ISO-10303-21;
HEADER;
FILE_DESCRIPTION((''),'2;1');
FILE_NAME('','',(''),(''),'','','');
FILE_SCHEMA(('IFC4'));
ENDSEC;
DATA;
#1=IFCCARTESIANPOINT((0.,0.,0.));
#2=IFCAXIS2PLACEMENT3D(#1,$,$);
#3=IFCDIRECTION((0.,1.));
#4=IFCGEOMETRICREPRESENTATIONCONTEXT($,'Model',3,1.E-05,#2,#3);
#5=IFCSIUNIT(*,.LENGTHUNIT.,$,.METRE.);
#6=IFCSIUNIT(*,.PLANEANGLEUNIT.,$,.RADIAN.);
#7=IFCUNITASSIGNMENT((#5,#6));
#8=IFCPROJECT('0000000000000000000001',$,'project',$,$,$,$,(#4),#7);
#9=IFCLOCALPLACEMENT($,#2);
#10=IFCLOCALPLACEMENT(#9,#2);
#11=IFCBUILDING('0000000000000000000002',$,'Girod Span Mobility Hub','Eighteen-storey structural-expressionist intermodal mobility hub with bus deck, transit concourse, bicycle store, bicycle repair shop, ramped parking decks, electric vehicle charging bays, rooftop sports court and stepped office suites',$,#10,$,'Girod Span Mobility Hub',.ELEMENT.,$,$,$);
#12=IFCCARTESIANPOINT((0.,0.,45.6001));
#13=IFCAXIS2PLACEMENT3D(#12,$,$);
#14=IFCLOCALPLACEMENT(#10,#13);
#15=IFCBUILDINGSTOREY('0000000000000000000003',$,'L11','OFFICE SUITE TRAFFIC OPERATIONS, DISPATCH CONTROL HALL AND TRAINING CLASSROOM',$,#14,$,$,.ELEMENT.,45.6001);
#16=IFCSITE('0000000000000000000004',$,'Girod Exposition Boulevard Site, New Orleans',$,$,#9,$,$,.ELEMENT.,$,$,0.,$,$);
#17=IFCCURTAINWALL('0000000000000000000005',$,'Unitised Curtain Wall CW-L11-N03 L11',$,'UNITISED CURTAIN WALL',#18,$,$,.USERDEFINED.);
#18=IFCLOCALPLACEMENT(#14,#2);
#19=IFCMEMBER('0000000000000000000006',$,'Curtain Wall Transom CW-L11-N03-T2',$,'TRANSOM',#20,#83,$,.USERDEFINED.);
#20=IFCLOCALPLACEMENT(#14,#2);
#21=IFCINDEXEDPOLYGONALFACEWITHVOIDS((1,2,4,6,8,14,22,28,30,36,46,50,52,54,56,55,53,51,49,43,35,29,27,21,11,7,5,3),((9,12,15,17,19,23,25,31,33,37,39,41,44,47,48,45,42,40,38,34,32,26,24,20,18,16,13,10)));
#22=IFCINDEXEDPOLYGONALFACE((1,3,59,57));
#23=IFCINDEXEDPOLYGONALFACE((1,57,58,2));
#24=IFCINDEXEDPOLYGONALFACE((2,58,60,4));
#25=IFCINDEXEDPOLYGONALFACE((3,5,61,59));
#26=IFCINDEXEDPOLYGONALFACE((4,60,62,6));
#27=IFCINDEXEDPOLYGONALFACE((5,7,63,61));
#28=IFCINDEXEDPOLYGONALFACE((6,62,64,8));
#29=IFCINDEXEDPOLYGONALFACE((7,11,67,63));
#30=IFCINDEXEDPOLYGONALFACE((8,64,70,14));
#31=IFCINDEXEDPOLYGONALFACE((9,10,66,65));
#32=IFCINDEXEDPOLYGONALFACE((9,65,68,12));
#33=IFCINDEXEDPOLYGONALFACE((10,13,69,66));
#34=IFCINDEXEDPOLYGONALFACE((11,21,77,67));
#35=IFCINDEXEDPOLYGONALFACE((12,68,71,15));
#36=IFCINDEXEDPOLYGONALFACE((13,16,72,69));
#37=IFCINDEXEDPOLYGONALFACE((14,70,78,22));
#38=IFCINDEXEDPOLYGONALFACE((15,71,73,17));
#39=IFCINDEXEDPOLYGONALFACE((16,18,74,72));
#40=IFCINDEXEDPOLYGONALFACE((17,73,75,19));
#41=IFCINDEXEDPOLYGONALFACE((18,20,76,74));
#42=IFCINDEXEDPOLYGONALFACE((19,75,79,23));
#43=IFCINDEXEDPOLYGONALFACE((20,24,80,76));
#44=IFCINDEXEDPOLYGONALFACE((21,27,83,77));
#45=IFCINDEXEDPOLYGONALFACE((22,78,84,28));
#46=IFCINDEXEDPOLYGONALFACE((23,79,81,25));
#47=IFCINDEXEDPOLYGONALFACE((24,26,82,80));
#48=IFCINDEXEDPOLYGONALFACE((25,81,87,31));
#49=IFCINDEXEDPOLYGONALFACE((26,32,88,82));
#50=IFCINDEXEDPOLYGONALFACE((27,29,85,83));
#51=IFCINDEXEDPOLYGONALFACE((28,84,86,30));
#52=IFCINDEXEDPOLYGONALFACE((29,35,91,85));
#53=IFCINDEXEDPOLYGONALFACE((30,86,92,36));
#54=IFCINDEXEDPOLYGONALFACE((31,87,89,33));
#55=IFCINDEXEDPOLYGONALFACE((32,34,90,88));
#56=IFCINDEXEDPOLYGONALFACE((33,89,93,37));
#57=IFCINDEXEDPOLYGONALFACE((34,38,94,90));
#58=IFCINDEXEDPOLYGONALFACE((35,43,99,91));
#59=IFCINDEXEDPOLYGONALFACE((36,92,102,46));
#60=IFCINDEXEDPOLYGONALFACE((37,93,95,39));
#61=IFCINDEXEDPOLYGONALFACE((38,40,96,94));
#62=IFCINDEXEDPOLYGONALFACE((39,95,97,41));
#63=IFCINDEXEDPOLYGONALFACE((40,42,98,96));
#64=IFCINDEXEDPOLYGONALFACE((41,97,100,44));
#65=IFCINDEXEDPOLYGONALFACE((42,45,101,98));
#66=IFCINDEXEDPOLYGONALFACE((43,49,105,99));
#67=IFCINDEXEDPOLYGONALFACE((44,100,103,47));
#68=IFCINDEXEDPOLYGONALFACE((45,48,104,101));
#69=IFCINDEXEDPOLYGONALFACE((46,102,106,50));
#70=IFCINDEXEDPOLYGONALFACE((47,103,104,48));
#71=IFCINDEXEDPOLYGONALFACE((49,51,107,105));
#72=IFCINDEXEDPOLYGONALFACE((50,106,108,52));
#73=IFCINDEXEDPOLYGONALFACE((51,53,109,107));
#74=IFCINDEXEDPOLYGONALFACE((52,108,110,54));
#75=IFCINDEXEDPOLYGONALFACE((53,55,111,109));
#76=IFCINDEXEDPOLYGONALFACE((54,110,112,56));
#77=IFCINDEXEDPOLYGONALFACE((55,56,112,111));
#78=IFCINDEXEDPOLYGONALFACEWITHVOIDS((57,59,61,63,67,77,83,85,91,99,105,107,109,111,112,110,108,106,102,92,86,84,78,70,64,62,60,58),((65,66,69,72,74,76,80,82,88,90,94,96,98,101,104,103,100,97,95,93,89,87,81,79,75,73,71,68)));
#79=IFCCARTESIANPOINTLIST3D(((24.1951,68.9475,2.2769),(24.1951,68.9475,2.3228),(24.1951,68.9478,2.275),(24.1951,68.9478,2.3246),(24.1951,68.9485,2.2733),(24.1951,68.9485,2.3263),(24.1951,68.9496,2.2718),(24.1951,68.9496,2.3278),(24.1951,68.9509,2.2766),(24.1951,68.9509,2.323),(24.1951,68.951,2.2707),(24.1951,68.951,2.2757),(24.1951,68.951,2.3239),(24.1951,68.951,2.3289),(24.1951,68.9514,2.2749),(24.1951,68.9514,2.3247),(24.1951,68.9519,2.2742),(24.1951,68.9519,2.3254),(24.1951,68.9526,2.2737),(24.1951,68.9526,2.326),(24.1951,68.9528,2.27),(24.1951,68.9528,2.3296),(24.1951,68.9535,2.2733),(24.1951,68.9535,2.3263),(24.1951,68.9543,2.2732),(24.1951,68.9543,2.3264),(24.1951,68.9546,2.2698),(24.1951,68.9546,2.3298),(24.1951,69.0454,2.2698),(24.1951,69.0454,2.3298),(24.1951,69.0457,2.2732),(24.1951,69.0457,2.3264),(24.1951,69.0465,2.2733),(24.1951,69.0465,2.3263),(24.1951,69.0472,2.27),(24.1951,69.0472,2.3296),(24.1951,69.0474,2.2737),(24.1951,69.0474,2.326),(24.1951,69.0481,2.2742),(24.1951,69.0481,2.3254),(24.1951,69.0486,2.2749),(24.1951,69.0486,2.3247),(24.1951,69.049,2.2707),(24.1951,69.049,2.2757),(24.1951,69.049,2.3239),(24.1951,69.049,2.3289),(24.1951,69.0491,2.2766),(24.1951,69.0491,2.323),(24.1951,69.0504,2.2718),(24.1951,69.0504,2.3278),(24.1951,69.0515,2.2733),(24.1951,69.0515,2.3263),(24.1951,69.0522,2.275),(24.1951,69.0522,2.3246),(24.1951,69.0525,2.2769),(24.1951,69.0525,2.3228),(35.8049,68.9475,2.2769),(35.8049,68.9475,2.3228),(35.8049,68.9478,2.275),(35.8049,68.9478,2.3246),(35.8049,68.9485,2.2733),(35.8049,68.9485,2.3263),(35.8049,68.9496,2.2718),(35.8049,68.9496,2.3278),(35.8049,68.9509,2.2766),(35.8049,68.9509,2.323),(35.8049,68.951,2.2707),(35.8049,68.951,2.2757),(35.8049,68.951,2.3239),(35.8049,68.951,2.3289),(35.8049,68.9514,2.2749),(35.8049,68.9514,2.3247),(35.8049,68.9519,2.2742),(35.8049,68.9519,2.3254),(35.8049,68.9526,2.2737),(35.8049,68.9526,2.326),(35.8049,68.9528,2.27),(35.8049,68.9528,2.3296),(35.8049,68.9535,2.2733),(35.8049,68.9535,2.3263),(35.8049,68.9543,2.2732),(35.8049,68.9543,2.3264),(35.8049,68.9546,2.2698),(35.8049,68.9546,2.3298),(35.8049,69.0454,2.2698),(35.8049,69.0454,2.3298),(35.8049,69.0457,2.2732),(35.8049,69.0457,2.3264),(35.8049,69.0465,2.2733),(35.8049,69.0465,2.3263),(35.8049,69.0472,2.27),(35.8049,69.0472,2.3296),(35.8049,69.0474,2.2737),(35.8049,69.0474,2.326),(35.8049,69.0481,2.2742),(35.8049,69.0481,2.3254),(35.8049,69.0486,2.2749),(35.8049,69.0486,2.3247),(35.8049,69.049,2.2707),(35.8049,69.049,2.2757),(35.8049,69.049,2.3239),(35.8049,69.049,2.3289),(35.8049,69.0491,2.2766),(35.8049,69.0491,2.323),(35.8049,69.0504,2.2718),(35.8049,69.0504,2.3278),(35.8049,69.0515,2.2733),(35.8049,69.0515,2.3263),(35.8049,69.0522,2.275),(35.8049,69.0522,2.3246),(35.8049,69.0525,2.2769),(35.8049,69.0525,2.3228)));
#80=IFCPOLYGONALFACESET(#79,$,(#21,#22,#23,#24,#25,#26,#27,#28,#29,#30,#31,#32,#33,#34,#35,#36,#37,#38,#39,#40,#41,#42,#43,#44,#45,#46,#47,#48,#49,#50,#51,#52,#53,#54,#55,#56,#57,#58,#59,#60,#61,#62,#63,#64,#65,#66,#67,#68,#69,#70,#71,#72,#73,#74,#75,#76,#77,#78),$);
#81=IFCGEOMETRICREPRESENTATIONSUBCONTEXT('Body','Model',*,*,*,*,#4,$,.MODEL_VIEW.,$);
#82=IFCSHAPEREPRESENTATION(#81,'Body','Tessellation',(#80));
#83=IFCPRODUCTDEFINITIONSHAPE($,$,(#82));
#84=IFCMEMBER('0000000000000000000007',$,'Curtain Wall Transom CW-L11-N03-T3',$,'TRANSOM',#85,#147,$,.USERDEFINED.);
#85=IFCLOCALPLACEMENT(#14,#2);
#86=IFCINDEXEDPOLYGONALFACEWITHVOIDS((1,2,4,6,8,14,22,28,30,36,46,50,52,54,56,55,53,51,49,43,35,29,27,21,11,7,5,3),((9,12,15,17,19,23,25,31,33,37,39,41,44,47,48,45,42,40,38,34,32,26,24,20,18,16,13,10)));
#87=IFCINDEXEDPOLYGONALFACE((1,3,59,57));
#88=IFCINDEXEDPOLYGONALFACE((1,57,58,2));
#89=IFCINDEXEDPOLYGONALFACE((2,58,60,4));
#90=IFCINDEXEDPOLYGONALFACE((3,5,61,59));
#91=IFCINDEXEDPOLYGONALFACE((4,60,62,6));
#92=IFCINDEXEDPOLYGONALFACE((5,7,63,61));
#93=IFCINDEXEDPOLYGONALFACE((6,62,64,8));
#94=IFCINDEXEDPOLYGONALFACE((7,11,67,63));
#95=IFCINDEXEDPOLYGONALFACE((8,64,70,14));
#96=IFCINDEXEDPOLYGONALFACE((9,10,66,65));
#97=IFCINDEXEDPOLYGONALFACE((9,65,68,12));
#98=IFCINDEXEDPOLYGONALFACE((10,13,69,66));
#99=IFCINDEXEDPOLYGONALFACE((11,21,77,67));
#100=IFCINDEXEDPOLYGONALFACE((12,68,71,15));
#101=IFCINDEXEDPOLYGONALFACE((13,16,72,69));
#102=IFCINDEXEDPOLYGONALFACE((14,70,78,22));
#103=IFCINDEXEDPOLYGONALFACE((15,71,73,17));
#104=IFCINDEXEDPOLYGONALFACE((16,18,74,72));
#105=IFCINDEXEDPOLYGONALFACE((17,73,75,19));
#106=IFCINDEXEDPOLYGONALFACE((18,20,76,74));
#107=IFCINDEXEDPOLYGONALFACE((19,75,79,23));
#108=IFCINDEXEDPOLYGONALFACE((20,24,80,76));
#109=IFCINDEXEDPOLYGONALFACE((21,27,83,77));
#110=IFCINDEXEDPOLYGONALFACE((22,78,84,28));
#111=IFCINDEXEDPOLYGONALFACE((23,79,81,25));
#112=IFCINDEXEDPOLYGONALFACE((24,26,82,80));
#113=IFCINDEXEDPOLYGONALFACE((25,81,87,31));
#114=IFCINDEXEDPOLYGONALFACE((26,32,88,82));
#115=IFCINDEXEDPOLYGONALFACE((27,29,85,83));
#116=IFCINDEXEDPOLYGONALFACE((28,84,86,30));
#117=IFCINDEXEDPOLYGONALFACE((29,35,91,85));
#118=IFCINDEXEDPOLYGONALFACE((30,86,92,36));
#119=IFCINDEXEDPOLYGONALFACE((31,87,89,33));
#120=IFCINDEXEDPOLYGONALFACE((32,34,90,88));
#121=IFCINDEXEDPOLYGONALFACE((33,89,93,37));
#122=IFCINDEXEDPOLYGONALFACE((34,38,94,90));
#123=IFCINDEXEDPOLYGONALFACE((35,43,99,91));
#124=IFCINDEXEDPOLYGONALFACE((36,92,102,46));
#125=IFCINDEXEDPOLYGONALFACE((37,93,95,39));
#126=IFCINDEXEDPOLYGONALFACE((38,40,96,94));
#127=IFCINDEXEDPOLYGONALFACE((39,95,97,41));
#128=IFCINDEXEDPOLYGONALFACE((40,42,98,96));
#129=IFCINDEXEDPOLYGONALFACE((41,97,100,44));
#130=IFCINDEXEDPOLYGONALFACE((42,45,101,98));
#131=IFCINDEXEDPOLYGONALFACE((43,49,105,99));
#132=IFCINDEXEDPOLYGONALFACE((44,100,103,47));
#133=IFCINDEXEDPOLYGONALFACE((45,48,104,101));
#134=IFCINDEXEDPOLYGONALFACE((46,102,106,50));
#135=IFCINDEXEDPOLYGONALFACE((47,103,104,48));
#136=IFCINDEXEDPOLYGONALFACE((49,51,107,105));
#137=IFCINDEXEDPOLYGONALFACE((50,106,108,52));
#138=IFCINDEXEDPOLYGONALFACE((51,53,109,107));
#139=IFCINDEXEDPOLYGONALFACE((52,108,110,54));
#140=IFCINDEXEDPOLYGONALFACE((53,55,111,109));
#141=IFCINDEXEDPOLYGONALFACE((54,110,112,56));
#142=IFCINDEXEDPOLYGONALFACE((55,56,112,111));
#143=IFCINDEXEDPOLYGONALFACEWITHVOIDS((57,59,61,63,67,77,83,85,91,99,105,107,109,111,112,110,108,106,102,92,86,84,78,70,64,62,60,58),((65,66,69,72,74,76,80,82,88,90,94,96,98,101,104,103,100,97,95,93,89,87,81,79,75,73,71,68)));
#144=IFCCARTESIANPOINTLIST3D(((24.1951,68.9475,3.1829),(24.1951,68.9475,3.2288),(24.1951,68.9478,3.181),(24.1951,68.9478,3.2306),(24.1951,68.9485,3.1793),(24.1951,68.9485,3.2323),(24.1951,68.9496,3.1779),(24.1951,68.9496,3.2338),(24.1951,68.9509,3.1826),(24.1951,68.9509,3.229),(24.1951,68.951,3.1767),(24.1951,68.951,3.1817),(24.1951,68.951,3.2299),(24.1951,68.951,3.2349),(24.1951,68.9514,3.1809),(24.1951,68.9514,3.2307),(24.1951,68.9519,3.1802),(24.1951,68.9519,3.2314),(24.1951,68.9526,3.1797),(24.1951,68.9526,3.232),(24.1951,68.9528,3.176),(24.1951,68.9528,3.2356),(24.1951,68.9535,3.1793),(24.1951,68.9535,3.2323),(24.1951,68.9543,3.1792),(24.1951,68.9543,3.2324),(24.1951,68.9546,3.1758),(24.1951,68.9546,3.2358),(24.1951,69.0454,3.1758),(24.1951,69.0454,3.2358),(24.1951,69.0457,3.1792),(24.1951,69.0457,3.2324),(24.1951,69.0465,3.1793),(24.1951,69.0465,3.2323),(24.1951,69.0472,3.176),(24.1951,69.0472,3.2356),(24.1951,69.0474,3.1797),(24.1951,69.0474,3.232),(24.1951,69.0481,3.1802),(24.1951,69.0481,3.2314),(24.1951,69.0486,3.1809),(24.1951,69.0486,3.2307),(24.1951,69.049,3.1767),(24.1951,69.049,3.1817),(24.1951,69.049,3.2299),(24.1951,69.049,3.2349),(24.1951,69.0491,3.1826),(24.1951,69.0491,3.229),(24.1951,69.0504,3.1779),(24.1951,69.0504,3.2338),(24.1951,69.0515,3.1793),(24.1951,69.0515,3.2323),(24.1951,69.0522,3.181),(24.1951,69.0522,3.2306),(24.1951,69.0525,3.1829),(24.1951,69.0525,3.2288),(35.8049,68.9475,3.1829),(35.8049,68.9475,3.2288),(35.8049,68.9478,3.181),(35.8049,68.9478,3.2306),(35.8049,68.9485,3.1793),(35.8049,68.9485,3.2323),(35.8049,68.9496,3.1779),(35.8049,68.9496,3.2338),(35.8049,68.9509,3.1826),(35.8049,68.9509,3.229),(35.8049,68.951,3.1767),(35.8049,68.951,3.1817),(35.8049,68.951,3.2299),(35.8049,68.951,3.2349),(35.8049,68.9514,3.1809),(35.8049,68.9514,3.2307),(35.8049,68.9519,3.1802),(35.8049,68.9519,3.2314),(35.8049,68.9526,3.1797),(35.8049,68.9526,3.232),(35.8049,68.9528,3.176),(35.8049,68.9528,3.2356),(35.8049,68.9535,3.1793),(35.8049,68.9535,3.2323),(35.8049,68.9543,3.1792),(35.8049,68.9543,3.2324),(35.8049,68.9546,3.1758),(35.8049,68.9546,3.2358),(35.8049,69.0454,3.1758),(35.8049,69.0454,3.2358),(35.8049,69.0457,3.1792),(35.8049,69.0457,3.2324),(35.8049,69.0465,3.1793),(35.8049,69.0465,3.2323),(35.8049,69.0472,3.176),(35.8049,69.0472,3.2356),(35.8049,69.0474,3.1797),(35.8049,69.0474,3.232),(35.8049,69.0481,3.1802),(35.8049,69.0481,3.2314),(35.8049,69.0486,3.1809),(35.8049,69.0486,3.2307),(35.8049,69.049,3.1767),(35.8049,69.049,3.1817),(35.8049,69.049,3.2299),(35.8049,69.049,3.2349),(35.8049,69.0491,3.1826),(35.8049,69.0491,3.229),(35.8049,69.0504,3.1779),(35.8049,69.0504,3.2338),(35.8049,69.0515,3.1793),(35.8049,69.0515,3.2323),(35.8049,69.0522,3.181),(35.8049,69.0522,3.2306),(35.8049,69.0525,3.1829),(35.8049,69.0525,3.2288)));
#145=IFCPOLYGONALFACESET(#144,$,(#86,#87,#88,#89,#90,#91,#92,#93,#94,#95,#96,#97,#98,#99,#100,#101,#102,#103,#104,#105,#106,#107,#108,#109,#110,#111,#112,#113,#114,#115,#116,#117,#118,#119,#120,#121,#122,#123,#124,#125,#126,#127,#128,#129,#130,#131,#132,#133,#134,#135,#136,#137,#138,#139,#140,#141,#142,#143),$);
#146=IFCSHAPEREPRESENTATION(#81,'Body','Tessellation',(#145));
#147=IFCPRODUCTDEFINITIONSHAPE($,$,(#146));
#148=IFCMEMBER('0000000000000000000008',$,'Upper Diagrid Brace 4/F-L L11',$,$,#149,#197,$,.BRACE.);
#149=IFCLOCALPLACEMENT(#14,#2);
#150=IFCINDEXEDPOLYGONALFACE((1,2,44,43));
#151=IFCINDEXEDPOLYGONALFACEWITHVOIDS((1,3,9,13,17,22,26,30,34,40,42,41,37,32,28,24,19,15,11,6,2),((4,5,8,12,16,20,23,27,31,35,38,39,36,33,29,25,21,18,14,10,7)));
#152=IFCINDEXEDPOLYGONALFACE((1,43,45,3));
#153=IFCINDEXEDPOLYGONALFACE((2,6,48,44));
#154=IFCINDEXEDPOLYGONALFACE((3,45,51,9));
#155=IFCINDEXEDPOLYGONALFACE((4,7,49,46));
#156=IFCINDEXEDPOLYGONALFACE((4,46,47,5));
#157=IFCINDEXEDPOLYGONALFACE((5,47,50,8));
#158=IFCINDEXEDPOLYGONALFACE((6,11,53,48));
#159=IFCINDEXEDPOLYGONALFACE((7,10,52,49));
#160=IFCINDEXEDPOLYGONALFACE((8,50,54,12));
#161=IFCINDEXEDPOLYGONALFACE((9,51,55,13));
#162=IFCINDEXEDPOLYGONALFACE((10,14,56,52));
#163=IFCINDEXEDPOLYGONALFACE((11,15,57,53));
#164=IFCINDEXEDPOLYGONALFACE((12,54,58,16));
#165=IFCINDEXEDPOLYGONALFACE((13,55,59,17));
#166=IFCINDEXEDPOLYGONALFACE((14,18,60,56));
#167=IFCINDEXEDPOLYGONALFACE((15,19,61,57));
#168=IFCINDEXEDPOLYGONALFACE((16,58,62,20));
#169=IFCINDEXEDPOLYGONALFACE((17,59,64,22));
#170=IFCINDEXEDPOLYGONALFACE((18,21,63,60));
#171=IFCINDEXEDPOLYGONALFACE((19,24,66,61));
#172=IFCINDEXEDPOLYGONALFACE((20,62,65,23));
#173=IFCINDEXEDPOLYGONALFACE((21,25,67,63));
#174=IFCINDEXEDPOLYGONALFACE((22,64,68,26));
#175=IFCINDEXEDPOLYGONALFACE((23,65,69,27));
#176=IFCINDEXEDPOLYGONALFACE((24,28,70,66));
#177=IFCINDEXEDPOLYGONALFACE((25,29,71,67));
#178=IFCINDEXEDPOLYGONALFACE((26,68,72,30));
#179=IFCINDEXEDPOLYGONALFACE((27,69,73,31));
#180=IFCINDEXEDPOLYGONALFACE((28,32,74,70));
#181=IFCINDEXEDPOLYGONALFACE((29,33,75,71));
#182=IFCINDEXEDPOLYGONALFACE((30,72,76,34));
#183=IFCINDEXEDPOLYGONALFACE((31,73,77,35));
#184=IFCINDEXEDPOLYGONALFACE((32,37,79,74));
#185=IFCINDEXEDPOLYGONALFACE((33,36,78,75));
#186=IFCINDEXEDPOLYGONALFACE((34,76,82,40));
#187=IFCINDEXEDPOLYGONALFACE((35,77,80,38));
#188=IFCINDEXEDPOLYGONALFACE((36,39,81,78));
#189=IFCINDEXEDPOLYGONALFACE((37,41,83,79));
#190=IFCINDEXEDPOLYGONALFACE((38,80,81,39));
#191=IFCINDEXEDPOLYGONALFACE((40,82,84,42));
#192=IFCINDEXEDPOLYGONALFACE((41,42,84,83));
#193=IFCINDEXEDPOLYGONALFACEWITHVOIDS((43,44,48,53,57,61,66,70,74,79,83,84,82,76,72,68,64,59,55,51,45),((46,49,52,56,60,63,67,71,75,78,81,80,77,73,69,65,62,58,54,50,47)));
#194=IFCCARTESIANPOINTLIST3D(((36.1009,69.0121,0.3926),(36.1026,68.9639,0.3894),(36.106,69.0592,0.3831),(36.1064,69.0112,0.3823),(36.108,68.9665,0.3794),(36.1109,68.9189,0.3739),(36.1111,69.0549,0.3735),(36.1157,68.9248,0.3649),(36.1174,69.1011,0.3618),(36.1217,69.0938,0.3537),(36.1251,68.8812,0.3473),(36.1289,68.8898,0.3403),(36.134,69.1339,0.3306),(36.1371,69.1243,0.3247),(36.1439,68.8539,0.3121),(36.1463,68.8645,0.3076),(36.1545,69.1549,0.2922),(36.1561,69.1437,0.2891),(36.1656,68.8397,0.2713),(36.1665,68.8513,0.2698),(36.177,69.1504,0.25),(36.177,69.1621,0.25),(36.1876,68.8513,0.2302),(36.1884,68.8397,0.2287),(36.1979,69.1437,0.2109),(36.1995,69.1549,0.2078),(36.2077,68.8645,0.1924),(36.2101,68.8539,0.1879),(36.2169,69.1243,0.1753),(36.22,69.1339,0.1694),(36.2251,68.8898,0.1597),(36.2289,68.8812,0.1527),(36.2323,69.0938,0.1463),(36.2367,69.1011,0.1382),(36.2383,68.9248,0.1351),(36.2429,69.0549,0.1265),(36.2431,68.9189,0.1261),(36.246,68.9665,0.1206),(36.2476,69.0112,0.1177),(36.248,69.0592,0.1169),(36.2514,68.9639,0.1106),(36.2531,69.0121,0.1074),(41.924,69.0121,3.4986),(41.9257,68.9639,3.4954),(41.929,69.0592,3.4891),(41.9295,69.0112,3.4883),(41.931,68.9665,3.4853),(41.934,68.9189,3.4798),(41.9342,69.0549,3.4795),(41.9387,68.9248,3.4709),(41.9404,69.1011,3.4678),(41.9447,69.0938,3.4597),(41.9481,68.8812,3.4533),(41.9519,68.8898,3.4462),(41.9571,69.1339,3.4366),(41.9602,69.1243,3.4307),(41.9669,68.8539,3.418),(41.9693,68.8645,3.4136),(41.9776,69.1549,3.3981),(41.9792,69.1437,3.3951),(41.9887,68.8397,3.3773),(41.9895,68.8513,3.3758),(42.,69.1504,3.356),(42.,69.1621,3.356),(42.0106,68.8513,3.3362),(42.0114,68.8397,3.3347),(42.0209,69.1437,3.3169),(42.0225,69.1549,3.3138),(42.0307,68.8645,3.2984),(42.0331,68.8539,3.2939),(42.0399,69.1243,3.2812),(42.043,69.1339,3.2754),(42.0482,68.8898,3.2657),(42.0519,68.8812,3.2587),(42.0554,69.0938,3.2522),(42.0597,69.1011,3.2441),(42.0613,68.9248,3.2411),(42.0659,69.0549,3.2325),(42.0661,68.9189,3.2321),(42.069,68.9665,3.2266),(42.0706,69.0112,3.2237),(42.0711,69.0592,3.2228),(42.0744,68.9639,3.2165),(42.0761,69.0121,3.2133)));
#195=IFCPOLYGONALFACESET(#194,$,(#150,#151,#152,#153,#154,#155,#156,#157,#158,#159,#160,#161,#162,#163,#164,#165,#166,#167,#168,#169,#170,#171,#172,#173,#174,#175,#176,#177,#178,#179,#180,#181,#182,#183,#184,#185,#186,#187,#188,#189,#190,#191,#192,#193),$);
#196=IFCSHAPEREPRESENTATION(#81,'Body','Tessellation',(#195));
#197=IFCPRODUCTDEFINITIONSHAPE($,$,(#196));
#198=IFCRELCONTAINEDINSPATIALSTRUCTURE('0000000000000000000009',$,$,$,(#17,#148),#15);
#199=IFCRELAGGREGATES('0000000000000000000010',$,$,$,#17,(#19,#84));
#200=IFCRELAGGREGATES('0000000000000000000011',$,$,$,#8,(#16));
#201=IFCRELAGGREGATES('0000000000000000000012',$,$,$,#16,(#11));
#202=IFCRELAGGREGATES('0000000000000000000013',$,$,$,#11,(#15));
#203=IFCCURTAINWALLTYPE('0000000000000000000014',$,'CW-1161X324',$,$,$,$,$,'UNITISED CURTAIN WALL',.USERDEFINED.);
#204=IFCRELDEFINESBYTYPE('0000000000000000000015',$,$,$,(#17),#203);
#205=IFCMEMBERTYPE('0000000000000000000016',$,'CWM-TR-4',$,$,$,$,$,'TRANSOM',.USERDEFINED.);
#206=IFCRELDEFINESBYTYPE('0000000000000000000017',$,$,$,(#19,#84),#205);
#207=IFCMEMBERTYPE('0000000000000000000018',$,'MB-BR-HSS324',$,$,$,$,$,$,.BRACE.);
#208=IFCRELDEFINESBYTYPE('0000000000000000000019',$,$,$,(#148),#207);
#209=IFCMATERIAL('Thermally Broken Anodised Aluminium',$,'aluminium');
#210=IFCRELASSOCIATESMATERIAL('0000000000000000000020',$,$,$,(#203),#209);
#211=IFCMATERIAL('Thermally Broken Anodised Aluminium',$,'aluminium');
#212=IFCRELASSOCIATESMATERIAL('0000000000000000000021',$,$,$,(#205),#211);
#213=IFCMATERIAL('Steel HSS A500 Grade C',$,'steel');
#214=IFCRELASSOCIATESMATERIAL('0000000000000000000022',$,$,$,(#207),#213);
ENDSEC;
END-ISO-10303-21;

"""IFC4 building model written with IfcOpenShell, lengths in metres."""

from ifc_helpers import new_model, si_unit, direction, frame, origin, origin_2d, place, context, subcontext, project, spatial, hollow_rectangle, hollow_circle, extrude, material, material_profile, profile_set, type_object, element, aggregate, save


model = new_model("IFC4")

# Units and contexts
model_context = context("Model", 3, precision=1e-05, world=origin(), true_north=direction((0.0, 1.0)))
body_context = subcontext(model_context, "Body", "Model", "MODEL_VIEW")
ifc_project = project(units=[si_unit("LENGTHUNIT", "METRE"), si_unit("PLANEANGLEUNIT", "RADIAN")], contexts=[model_context])

# Site, building, storey
site_placement = place(None, origin())
site = spatial("IfcSite", under=ifc_project, at=site_placement, Name="Girod Exposition Boulevard Site, New Orleans", CompositionType="ELEMENT", RefElevation=0.0)
building_placement = place(site_placement, origin())
building = spatial("IfcBuilding", under=site, at=building_placement, Name="Girod Span Mobility Hub", Description="Eighteen-storey structural-expressionist intermodal mobility hub with bus deck, transit concourse, bicycle store, bicycle repair shop, ramped parking decks, electric vehicle charging bays, rooftop sports court and stepped office suites", LongName="Girod Span Mobility Hub", CompositionType="ELEMENT")
storey_placement = place(building_placement, frame((0.0, 0.0, 45.6001)))
storey = spatial("IfcBuildingStorey", under=building, at=storey_placement, Name="L11", Description="OFFICE SUITE TRAFFIC OPERATIONS, DISPATCH CONTROL HALL AND TRAINING CLASSROOM", CompositionType="ELEMENT", Elevation=45.6001)

# Curtain wall, members
ifc_material_1 = material(Name="Thermally Broken Anodised Aluminium", Category="aluminium")
curtain_wall_type = type_object("IfcCurtainWallType", Name="CW-1161X324", ElementType="UNITISED CURTAIN WALL", PredefinedType="USERDEFINED", material=ifc_material_1)
curtain_wall_placement = place(storey_placement, origin())
curtain_wall = element("IfcCurtainWall", 1, at=curtain_wall_placement, inside=storey, type_object=curtain_wall_type, Name="Unitised Curtain Wall CW-L11-N03 L11", ObjectType="UNITISED CURTAIN WALL", PredefinedType="USERDEFINED")
ifc_material_2 = material(Name="Thermally Broken Anodised Aluminium", Category="aluminium")
ifc_material_profile_1 = material_profile(ifc_material_2, hollow_rectangle(XDim=0.105, YDim=0.0601, WallThickness=0.0034, InnerFilletRadius=0.0034, OuterFilletRadius=0.0071, at=origin_2d()), Name="CW-TR-60X105")
ifc_profile_set_1 = profile_set([ifc_material_profile_1], Name="Thermally Broken Anodised Aluminium")
member_type_1 = type_object("IfcMemberType", Name="CWM-TR-4", ElementType="TRANSOM", PredefinedType="USERDEFINED", material=ifc_profile_set_1)
member_1_placement = place(storey_placement, frame((24.1951, 69.0, 2.2998), z_axis=(1.0, 0.0, 0.0), x_axis=(0.0, 1.0, 0.0)))
member_1 = element("IfcMember", 2, at=member_1_placement, type_object=member_type_1, Name="Curtain Wall Transom CW-L11-N03-T2", ObjectType="TRANSOM", PredefinedType="USERDEFINED", context=body_context, shape_type="SweptSolid", body=[
    extrude(hollow_rectangle(XDim=0.105, YDim=0.0601, WallThickness=0.0034, InnerFilletRadius=0.0034, OuterFilletRadius=0.0071, at=origin_2d()), origin(), (0.0, 0.0, 1.0), 11.6099),
])
member_2_placement = place(storey_placement, frame((24.1951, 69.0, 3.2058), z_axis=(1.0, 0.0, 0.0), x_axis=(0.0, 1.0, 0.0)))
member_2 = element("IfcMember", 3, at=member_2_placement, type_object=member_type_1, Name="Curtain Wall Transom CW-L11-N03-T3", ObjectType="TRANSOM", PredefinedType="USERDEFINED", context=body_context, shape_type="SweptSolid", body=[
    extrude(hollow_rectangle(XDim=0.105, YDim=0.0601, WallThickness=0.0034, InnerFilletRadius=0.0034, OuterFilletRadius=0.0071, at=origin_2d()), origin(), (0.0, 0.0, 1.0), 11.6099),
])

# Member
ifc_material_3 = material(Name="Steel HSS A500 Grade C", Category="steel")
ifc_material_profile_2 = material_profile(ifc_material_3, hollow_circle(Radius=0.1621, WallThickness=0.0117, at=origin_2d()), Name="HSS324X12.7")
ifc_profile_set_2 = profile_set([ifc_material_profile_2], Name="Steel HSS A500 Grade C")
member_type_2 = type_object("IfcMemberType", Name="MB-BR-HSS324", PredefinedType="BRACE", material=ifc_profile_set_2)
member_3_placement = place(storey_placement, frame((36.177, 69.0, 0.25), z_axis=(0.88233, 0.0, 0.47063), x_axis=(0.0, 1.0, 0.0)))
element("IfcMember", 4, at=member_3_placement, inside=storey, type_object=member_type_2, Name="Upper Diagrid Brace 4/F-L L11", PredefinedType="BRACE", context=body_context, shape_type="SweptSolid", body=[
    extrude(hollow_circle(Radius=0.1621, WallThickness=0.0117, at=origin_2d()), origin(), (0.0, 0.0, 1.0), 6.5996),
])

aggregate(curtain_wall, [member_1, member_2])

save(model, "model.ifc")
